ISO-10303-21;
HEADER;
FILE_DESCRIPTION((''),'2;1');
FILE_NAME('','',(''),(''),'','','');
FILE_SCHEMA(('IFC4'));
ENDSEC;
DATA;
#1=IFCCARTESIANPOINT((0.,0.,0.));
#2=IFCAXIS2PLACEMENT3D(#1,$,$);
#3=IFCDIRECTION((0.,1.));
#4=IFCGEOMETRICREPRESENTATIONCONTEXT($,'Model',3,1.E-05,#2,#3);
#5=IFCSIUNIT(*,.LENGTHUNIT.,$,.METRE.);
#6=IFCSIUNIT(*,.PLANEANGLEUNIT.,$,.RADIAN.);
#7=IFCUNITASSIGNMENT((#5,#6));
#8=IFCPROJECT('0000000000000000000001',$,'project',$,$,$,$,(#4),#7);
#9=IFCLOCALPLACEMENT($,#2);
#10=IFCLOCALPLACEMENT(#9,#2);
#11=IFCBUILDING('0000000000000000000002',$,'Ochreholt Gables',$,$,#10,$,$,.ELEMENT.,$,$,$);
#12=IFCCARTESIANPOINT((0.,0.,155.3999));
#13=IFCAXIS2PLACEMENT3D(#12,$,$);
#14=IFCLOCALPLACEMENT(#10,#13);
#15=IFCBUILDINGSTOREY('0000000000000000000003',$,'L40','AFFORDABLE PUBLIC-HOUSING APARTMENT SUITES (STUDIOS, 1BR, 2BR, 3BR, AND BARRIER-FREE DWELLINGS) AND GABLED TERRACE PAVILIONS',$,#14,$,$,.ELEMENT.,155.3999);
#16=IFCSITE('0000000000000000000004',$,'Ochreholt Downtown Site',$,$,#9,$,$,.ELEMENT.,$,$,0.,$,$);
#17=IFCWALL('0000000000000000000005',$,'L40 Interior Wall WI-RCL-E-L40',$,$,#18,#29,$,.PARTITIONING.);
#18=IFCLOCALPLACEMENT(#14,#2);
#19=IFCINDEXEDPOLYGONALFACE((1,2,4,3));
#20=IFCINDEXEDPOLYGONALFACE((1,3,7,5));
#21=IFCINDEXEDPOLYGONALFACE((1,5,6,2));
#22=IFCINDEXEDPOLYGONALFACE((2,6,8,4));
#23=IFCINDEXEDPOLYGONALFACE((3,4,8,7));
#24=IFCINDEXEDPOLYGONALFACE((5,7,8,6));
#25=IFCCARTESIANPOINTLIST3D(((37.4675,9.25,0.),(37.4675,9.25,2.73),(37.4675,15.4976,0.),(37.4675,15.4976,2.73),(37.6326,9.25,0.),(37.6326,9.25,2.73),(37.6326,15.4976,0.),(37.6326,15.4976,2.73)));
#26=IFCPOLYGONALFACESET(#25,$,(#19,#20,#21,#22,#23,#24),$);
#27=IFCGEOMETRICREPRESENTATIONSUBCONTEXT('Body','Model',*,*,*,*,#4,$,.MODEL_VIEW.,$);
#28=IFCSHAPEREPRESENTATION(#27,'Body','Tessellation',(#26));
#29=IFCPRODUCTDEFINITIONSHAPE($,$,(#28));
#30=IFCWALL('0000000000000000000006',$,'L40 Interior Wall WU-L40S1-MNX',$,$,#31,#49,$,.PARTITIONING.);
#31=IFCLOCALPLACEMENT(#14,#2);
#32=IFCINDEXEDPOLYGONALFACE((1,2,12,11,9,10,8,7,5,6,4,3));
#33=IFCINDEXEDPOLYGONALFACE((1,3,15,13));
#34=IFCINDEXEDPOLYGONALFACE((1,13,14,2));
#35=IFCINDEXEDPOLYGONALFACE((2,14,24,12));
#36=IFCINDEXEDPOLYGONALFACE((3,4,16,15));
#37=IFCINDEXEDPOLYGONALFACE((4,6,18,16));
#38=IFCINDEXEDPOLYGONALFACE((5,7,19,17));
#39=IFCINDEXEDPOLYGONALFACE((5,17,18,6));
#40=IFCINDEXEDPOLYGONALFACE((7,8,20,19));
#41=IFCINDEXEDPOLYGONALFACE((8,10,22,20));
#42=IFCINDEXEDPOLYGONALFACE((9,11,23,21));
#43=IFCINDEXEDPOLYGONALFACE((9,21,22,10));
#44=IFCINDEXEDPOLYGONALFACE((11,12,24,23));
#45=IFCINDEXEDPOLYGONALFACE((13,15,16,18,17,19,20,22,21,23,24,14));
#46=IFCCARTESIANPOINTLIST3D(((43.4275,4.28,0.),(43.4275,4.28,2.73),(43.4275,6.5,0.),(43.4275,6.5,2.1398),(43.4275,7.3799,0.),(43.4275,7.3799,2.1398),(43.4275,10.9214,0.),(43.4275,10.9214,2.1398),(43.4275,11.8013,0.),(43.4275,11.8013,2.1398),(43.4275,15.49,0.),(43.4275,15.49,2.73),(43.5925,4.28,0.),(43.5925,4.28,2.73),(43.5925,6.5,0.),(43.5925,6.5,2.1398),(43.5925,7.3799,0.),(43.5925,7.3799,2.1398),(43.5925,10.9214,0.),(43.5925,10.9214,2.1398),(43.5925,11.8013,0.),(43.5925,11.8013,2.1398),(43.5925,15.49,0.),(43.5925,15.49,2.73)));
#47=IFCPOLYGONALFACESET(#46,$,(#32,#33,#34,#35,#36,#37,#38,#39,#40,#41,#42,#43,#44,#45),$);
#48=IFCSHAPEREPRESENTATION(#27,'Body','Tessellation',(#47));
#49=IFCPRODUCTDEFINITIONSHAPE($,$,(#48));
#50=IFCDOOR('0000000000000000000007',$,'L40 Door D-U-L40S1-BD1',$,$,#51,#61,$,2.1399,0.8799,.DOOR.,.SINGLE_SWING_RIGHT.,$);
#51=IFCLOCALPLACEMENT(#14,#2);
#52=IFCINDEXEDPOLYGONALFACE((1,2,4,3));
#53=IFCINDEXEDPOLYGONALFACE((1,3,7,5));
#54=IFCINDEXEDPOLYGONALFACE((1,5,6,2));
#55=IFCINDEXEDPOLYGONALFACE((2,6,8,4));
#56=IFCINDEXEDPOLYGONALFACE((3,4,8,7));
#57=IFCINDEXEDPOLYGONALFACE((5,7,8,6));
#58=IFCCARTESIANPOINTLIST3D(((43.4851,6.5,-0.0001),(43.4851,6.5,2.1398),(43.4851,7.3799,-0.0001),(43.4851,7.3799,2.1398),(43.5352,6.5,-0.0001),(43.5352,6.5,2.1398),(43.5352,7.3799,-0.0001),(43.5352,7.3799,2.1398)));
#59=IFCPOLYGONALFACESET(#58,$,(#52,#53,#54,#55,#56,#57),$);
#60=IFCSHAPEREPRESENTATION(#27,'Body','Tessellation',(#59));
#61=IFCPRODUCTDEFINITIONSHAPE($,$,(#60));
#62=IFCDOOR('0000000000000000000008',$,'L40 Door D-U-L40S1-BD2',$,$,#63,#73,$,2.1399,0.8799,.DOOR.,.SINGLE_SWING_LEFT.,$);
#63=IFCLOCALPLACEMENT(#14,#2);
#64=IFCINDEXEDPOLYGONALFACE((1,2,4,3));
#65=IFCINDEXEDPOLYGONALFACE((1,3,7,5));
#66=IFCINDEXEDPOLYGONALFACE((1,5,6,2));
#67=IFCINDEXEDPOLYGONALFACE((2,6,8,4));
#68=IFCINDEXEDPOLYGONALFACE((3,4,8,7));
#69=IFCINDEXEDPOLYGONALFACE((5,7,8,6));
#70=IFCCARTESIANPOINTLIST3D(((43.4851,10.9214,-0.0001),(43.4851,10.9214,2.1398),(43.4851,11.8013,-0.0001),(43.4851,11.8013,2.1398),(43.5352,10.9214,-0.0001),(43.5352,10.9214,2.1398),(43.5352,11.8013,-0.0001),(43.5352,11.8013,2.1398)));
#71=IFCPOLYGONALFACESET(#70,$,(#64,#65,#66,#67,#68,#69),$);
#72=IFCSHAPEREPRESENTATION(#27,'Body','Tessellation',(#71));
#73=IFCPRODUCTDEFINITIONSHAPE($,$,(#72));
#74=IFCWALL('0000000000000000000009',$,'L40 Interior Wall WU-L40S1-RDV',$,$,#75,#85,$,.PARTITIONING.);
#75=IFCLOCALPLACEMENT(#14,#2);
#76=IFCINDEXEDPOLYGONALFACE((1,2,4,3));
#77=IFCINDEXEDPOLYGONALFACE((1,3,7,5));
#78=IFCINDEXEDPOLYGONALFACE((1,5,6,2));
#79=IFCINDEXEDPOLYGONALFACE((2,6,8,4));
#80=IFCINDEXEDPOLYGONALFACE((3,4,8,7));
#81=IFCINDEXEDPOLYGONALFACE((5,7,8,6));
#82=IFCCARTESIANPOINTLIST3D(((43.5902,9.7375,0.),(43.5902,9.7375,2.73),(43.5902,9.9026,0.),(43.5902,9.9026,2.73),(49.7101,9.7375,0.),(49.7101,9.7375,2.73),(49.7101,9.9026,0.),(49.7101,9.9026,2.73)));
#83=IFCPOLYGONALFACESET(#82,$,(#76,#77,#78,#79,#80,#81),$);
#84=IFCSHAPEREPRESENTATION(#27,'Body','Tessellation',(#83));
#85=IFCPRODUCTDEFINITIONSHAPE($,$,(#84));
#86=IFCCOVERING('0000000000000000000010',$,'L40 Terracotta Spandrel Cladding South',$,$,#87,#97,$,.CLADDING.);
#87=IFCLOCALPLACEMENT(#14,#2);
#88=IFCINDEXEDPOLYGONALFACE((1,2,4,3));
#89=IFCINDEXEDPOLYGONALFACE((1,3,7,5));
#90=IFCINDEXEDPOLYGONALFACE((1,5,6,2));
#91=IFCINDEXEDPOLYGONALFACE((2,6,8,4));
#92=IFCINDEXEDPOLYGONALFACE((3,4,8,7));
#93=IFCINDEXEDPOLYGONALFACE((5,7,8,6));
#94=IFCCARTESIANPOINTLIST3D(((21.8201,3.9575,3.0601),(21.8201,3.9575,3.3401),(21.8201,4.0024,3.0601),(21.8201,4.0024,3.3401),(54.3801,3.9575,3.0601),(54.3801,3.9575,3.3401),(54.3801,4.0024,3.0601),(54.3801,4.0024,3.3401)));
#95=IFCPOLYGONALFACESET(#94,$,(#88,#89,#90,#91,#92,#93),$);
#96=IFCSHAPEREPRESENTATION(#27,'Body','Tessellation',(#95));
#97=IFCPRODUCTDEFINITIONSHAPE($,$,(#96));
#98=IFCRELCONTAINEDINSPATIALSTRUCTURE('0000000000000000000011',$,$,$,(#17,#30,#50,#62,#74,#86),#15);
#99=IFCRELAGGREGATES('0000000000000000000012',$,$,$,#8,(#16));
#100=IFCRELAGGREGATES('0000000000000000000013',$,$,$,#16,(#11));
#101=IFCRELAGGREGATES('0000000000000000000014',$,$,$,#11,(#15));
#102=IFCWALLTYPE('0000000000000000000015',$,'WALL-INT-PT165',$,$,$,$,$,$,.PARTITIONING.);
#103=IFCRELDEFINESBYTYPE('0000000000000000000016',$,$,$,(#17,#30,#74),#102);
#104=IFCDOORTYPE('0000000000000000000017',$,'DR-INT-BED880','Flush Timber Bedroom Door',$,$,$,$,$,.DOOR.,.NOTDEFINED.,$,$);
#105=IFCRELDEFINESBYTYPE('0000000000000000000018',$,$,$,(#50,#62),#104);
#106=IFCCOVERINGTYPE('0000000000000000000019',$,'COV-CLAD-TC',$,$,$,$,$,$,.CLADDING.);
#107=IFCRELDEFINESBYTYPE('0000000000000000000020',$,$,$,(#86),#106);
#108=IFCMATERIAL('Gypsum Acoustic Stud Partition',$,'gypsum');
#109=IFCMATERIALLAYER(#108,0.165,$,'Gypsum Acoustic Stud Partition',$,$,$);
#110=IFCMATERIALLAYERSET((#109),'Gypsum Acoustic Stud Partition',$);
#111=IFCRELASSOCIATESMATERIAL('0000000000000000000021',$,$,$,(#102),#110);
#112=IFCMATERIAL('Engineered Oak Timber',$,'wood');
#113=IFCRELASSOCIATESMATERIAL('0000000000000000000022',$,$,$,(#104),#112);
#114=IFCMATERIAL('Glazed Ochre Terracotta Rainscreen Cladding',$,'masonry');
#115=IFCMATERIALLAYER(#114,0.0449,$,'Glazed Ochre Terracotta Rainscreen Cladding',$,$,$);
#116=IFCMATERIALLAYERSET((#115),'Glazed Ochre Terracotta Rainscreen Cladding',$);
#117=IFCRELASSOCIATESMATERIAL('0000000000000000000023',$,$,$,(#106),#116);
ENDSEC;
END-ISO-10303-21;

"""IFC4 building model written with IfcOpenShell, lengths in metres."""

from ifc_helpers import new_model, si_unit, direction, frame, frame_2d, origin, origin_2d, place, context, subcontext, project, spatial, rectangle, extrude, material, layer, layer_set, type_object, element, fill, save


model = new_model("IFC4")

# Units and contexts
model_context = context("Model", 3, precision=1e-05, world=origin(), true_north=direction((0.0, 1.0)))
body_context = subcontext(model_context, "Body", "Model", "MODEL_VIEW")
ifc_project = project(units=[si_unit("LENGTHUNIT", "METRE"), si_unit("PLANEANGLEUNIT", "RADIAN")], contexts=[model_context])

# Site, building, storey
site_placement = place(None, origin())
site = spatial("IfcSite", under=ifc_project, at=site_placement, Name="Ochreholt Downtown Site", CompositionType="ELEMENT", RefElevation=0.0)
building_placement = place(site_placement, origin())
building = spatial("IfcBuilding", under=site, at=building_placement, Name="Ochreholt Gables", CompositionType="ELEMENT")
storey_placement = place(building_placement, frame((0.0, 0.0, 155.3999)))
storey = spatial("IfcBuildingStorey", under=building, at=storey_placement, Name="L40", Description="AFFORDABLE PUBLIC-HOUSING APARTMENT SUITES (STUDIOS, 1BR, 2BR, 3BR, AND BARRIER-FREE DWELLINGS) AND GABLED TERRACE PAVILIONS", CompositionType="ELEMENT", Elevation=155.3999)

# Shared definitions
ifc_material_1 = material(Name="Engineered Oak Timber", Category="wood")

# Wall
ifc_material_2 = material(Name="Gypsum Acoustic Stud Partition", Category="gypsum")
ifc_layer_1 = layer(ifc_material_2, 0.165, Name="Gypsum Acoustic Stud Partition")
ifc_layer_set_1 = layer_set([ifc_layer_1], Name="Gypsum Acoustic Stud Partition")
wall_type_1 = type_object("IfcWallType", Name="WALL-INT-PT165", PredefinedType="PARTITIONING", material=ifc_layer_set_1)
wall_1_placement = place(storey_placement, frame((37.55, 9.25, 0.0), z_axis=(0.0, 0.0, 1.0), x_axis=(0.0, 1.0, 0.0)))
element("IfcWall", 1, at=wall_1_placement, inside=storey, type_object=wall_type_1, Name="L40 Interior Wall WI-RCL-E-L40", PredefinedType="PARTITIONING", context=body_context, shape_type="SweptSolid", body=[
    extrude(rectangle(XDim=6.2476, YDim=0.165, at=frame_2d((3.1238, 0.0))), origin(), (0.0, 0.0, 1.0), 2.73),
])

# Wall, openings, doors
wall_2_placement = place(storey_placement, frame((43.51, 4.28, 0.0), z_axis=(0.0, 0.0, 1.0), x_axis=(0.0, 1.0, 0.0)))
wall_2 = element("IfcWall", 2, at=wall_2_placement, inside=storey, type_object=wall_type_1, Name="L40 Interior Wall WU-L40S1-MNX", PredefinedType="PARTITIONING", context=body_context, shape_type="SweptSolid", body=[
    extrude(rectangle(XDim=11.21, YDim=0.165, at=frame_2d((5.605, 0.0))), origin(), (0.0, 0.0, 1.0), 2.73),
])
opening_1_placement = place(wall_2_placement, frame((2.22, 0.0, 0.0)))
opening_1 = element("IfcOpeningElement", 3, at=opening_1_placement, cuts=wall_2, PredefinedType="OPENING", context=body_context, shape_type="SweptSolid", body=[
    extrude(rectangle(XDim=0.8799, YDim=2.1399, at=frame_2d((0.4399, 1.0698))), frame((0.0, 0.0925, 0.0), z_axis=(0.0, -1.0, 0.0), x_axis=(1.0, 0.0, 0.0)), (0.0, 0.0, 1.0), 0.1851),
])
opening_2_placement = place(wall_2_placement, frame((6.6414, 0.0, 0.0)))
opening_2 = element("IfcOpeningElement", 4, at=opening_2_placement, cuts=wall_2, PredefinedType="OPENING", context=body_context, shape_type="SweptSolid", body=[
    extrude(rectangle(XDim=0.8799, YDim=2.1399, at=frame_2d((0.4399, 1.0698))), frame((0.0, 0.0925, 0.0), z_axis=(0.0, -1.0, 0.0), x_axis=(1.0, 0.0, 0.0)), (0.0, 0.0, 1.0), 0.1851),
])
door_type_1 = type_object("IfcDoorType", Name="DR-INT-BED880", Description="Flush Timber Bedroom Door", OperationType="NOTDEFINED", PredefinedType="DOOR", material=ifc_material_1)
door_1_placement = place(opening_1_placement, origin())
door_1 = element("IfcDoor", 5, at=door_1_placement, inside=storey, type_object=door_type_1, Name="L40 Door D-U-L40S1-BD1", OperationType="SINGLE_SWING_RIGHT", OverallHeight=2.1399, OverallWidth=0.8799, PredefinedType="DOOR", context=body_context, shape_type="SweptSolid", body=[
    extrude(rectangle(XDim=0.8799, YDim=2.1399, at=frame_2d((0.4399, 1.0698))), frame((0.0, 0.0249, 0.0), z_axis=(0.0, -1.0, 0.0), x_axis=(1.0, 0.0, 0.0)), (0.0, 0.0, 1.0), 0.05),
])
fill(opening_1, door_1)
door_2_placement = place(opening_2_placement, origin())
door_2 = element("IfcDoor", 6, at=door_2_placement, inside=storey, type_object=door_type_1, Name="L40 Door D-U-L40S1-BD2", OperationType="SINGLE_SWING_LEFT", OverallHeight=2.1399, OverallWidth=0.8799, PredefinedType="DOOR", context=body_context, shape_type="SweptSolid", body=[
    extrude(rectangle(XDim=0.8799, YDim=2.1399, at=frame_2d((0.4399, 1.0698))), frame((0.0, 0.0249, 0.0), z_axis=(0.0, -1.0, 0.0), x_axis=(1.0, 0.0, 0.0)), (0.0, 0.0, 1.0), 0.05),
])
fill(opening_2, door_2)

# Wall
wall_3_placement = place(storey_placement, frame((43.5901, 9.8201, 0.0), z_axis=(0.0, 0.0, 1.0), x_axis=(1.0, 0.0, 0.0)))
element("IfcWall", 7, at=wall_3_placement, inside=storey, type_object=wall_type_1, Name="L40 Interior Wall WU-L40S1-RDV", PredefinedType="PARTITIONING", context=body_context, shape_type="SweptSolid", body=[
    extrude(rectangle(XDim=6.1199, YDim=0.165, at=frame_2d((3.0601, 0.0))), origin(), (0.0, 0.0, 1.0), 2.73),
])

# Covering
ifc_material_3 = material(Name="Glazed Ochre Terracotta Rainscreen Cladding", Category="masonry")
ifc_layer_2 = layer(ifc_material_3, 0.0449, Name="Glazed Ochre Terracotta Rainscreen Cladding")
ifc_layer_set_2 = layer_set([ifc_layer_2], Name="Glazed Ochre Terracotta Rainscreen Cladding")
covering_type = type_object("IfcCoveringType", Name="COV-CLAD-TC", PredefinedType="CLADDING", material=ifc_layer_set_2)
covering_placement = place(storey_placement, frame((38.1001, 3.98, 3.0601), z_axis=(0.0, 0.0, 1.0), x_axis=(1.0, 0.0, 0.0)))
element("IfcCovering", 8, at=covering_placement, inside=storey, type_object=covering_type, Name="L40 Terracotta Spandrel Cladding South", PredefinedType="CLADDING", context=body_context, shape_type="SweptSolid", body=[
    extrude(rectangle(XDim=32.5601, YDim=0.0449, at=origin_2d()), origin(), (0.0, 0.0, 1.0), 0.28),
])

save(model, "model.ifc")
